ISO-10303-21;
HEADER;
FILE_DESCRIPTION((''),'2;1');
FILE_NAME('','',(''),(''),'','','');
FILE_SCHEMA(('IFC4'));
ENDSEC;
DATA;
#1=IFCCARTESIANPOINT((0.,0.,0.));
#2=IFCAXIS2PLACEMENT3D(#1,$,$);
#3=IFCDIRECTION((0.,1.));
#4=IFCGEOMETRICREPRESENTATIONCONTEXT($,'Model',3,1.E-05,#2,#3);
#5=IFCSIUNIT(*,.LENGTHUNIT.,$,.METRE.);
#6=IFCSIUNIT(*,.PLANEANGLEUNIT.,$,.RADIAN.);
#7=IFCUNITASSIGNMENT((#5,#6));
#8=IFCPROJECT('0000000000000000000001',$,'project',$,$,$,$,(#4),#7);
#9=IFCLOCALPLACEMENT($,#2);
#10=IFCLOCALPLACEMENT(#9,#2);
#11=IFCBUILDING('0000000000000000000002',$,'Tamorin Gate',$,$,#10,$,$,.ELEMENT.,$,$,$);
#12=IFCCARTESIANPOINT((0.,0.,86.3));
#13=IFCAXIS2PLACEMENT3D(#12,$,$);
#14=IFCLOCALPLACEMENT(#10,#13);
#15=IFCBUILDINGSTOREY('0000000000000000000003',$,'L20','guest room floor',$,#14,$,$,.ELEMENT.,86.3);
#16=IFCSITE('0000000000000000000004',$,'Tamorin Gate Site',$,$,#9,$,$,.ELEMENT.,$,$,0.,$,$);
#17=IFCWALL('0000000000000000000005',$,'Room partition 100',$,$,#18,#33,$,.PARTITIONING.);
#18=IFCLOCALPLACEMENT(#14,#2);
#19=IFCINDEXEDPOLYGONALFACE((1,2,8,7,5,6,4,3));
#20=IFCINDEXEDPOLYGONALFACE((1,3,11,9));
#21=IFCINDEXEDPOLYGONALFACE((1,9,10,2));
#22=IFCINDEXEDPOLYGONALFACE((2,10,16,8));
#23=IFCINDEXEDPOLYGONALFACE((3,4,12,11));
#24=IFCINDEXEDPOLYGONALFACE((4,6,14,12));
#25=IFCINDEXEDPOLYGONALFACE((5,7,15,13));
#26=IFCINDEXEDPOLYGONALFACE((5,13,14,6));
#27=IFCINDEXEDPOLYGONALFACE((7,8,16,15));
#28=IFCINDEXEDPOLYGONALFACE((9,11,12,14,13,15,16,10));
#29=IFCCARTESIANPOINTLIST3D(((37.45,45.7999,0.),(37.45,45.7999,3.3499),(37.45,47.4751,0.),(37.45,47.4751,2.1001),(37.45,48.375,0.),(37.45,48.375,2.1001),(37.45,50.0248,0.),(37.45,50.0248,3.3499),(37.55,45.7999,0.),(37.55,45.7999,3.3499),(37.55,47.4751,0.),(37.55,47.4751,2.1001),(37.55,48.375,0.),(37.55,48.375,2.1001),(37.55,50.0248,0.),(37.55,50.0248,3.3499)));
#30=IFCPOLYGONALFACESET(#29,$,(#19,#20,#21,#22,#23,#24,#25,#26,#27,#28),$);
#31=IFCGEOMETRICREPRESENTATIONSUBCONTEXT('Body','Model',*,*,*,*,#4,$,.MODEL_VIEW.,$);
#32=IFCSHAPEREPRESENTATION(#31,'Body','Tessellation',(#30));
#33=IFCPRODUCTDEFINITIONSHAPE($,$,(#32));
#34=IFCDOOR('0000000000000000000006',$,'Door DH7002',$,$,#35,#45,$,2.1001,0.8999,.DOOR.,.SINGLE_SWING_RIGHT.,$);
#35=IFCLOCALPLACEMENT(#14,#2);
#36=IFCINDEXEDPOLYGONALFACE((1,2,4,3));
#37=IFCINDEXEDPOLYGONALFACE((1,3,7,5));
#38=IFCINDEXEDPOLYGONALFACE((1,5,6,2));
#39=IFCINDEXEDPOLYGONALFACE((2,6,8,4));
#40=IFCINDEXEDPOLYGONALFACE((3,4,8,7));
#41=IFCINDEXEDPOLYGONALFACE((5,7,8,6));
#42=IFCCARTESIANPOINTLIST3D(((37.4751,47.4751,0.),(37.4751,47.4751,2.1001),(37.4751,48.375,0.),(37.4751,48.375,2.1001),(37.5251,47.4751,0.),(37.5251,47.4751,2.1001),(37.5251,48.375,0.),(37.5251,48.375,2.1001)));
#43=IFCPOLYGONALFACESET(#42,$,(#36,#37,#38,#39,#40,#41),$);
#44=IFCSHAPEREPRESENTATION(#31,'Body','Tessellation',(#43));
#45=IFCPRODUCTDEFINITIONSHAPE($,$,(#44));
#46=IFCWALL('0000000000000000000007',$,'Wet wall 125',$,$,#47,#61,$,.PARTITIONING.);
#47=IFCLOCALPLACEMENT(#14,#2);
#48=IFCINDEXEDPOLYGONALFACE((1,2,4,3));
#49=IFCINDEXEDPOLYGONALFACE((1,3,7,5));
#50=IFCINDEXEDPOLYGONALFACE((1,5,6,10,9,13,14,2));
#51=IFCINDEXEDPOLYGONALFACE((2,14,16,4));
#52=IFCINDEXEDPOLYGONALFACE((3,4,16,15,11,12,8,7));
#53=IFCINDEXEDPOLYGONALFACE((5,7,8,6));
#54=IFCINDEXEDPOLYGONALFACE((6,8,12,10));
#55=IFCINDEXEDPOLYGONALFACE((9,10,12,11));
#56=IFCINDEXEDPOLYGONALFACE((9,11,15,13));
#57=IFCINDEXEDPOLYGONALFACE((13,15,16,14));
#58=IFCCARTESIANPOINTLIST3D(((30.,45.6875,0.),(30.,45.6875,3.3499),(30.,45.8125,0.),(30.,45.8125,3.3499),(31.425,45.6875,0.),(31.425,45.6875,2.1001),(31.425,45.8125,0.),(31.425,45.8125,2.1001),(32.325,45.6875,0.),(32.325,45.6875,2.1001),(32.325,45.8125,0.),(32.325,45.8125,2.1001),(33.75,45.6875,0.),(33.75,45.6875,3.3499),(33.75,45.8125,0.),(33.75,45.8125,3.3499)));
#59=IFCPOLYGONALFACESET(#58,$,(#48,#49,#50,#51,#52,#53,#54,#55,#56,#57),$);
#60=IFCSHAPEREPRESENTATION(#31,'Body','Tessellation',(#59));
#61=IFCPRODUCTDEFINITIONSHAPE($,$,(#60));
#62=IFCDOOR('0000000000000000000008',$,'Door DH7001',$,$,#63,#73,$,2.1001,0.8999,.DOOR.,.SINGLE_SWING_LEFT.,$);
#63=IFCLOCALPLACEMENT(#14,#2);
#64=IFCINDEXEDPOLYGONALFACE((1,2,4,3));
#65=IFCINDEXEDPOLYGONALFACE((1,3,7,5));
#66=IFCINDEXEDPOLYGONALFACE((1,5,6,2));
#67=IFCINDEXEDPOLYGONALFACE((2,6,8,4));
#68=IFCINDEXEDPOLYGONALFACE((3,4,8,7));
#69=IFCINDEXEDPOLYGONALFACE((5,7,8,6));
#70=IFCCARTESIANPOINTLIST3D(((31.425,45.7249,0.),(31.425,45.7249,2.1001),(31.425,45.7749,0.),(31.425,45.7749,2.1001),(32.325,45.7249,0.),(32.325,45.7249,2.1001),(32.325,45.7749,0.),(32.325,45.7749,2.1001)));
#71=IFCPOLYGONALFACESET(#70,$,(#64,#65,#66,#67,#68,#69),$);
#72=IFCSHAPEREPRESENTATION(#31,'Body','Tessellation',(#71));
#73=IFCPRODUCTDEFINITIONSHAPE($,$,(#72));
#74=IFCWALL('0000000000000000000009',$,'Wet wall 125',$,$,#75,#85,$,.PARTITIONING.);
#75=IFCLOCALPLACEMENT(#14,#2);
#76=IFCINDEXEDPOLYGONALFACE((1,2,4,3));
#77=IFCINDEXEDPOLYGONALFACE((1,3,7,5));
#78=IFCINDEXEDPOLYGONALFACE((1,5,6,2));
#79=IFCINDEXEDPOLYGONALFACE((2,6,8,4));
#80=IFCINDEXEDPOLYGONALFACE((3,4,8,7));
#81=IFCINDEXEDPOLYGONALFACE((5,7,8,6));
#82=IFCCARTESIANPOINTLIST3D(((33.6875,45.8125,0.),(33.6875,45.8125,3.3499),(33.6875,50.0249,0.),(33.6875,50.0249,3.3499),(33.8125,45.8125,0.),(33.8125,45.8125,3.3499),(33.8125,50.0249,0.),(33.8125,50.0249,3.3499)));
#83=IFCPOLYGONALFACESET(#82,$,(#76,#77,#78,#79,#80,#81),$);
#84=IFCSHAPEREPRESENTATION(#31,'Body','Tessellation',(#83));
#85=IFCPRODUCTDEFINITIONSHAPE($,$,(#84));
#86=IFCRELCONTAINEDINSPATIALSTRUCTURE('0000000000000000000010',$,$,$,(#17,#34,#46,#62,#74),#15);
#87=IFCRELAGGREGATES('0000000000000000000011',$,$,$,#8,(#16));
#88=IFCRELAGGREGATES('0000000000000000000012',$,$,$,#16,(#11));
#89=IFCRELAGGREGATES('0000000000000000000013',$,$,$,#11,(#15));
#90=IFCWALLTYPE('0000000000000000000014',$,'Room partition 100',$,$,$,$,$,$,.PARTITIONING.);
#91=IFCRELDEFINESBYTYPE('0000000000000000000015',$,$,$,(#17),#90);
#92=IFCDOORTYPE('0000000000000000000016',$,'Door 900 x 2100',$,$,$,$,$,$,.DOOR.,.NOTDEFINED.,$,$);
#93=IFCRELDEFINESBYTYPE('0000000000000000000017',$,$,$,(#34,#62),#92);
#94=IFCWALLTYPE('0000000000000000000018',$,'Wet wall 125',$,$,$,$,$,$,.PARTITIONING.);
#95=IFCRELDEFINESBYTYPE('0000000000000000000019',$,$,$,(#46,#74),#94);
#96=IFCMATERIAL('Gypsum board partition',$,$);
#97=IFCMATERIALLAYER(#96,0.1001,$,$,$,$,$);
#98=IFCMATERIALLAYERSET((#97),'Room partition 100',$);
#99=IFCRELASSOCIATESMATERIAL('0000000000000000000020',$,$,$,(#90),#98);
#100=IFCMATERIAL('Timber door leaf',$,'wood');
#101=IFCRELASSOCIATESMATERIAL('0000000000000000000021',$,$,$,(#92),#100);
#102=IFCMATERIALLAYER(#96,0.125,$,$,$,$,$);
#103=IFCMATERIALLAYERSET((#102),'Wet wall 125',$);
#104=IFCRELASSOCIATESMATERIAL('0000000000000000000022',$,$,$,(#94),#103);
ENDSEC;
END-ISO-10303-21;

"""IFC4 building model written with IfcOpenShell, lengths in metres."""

from ifc_helpers import new_model, si_unit, direction, frame, frame_2d, origin, place, context, subcontext, project, spatial, rectangle, extrude, material, layer, layer_set, type_object, element, fill, save


model = new_model("IFC4")

# Units and contexts
model_context = context("Model", 3, precision=1e-05, world=origin(), true_north=direction((0.0, 1.0)))
body_context = subcontext(model_context, "Body", "Model", "MODEL_VIEW")
ifc_project = project(units=[si_unit("LENGTHUNIT", "METRE"), si_unit("PLANEANGLEUNIT", "RADIAN")], contexts=[model_context])

# Site, building, storey
site_placement = place(None, origin())
site = spatial("IfcSite", under=ifc_project, at=site_placement, Name="Tamorin Gate Site", CompositionType="ELEMENT", RefElevation=0.0)
building_placement = place(site_placement, origin())
building = spatial("IfcBuilding", under=site, at=building_placement, Name="Tamorin Gate", CompositionType="ELEMENT")
storey_placement = place(building_placement, frame((0.0, 0.0, 86.3)))
storey = spatial("IfcBuildingStorey", under=building, at=storey_placement, Name="L20", Description="guest room floor", CompositionType="ELEMENT", Elevation=86.3)

# Walls, openings, doors
ifc_material_1 = material(Name="Gypsum board partition")
ifc_layer_1 = layer(ifc_material_1, 0.1001)
ifc_layer_set_1 = layer_set([ifc_layer_1], Name="Room partition 100")
wall_type_1 = type_object("IfcWallType", Name="Room partition 100", PredefinedType="PARTITIONING", material=ifc_layer_set_1)
ifc_material_2 = material(Name="Timber door leaf", Category="wood")
door_type = type_object("IfcDoorType", Name="Door 900 x 2100", OperationType="NOTDEFINED", PredefinedType="DOOR", material=ifc_material_2)
wall_1_placement = place(storey_placement, frame((37.5, 45.8, 0.0), z_axis=(0.0, 0.0, 1.0), x_axis=(0.0, 1.0, 0.0)))
wall_1 = element("IfcWall", 1, at=wall_1_placement, inside=storey, type_object=wall_type_1, Name="Room partition 100", PredefinedType="PARTITIONING", context=body_context, shape_type="SweptSolid", body=[
    extrude(rectangle(XDim=4.2249, YDim=0.1001, at=frame_2d((2.1123, 0.0))), origin(), (0.0, 0.0, 1.0), 3.3499),
])
opening_1_placement = place(wall_1_placement, frame((1.675, 0.0, 0.0)))
opening_1 = element("IfcOpeningElement", 2, at=opening_1_placement, cuts=wall_1, PredefinedType="OPENING", context=body_context, shape_type="SweptSolid", body=[
    extrude(rectangle(XDim=0.8999, YDim=2.1001, at=frame_2d((0.45, 1.05))), frame((0.0, 0.0601, 0.0), z_axis=(0.0, -1.0, 0.0), x_axis=(1.0, 0.0, 0.0)), (0.0, 0.0, 1.0), 0.1201),
])
door_1_placement = place(opening_1_placement, origin())
door_1 = element("IfcDoor", 3, at=door_1_placement, inside=storey, type_object=door_type, Name="Door DH7002", OperationType="SINGLE_SWING_RIGHT", OverallHeight=2.1001, OverallWidth=0.8999, PredefinedType="DOOR", context=body_context, shape_type="SweptSolid", body=[
    extrude(rectangle(XDim=0.8999, YDim=2.1001, at=frame_2d((0.45, 1.05))), frame((0.0, 0.0249, 0.0), z_axis=(0.0, -1.0, 0.0), x_axis=(1.0, 0.0, 0.0)), (0.0, 0.0, 1.0), 0.05),
])
fill(opening_1, door_1)
ifc_layer_2 = layer(ifc_material_1, 0.125)
ifc_layer_set_2 = layer_set([ifc_layer_2], Name="Wet wall 125")
wall_type_2 = type_object("IfcWallType", Name="Wet wall 125", PredefinedType="PARTITIONING", material=ifc_layer_set_2)
wall_2_placement = place(storey_placement, frame((30.0, 45.75, 0.0), z_axis=(0.0, 0.0, 1.0), x_axis=(1.0, 0.0, 0.0)))
wall_2 = element("IfcWall", 4, at=wall_2_placement, inside=storey, type_object=wall_type_2, Name="Wet wall 125", PredefinedType="PARTITIONING", context=body_context, shape_type="SweptSolid", body=[
    extrude(rectangle(XDim=3.75, YDim=0.125, at=frame_2d((1.875, 0.0))), origin(), (0.0, 0.0, 1.0), 3.3499),
])
opening_2_placement = place(wall_2_placement, frame((1.425, 0.0, 0.0)))
opening_2 = element("IfcOpeningElement", 5, at=opening_2_placement, cuts=wall_2, PredefinedType="OPENING", context=body_context, shape_type="SweptSolid", body=[
    extrude(rectangle(XDim=0.8999, YDim=2.1001, at=frame_2d((0.45, 1.05))), frame((0.0, 0.0725, 0.0), z_axis=(0.0, -1.0, 0.0), x_axis=(1.0, 0.0, 0.0)), (0.0, 0.0, 1.0), 0.145),
])
door_2_placement = place(opening_2_placement, origin())
door_2 = element("IfcDoor", 6, at=door_2_placement, inside=storey, type_object=door_type, Name="Door DH7001", OperationType="SINGLE_SWING_LEFT", OverallHeight=2.1001, OverallWidth=0.8999, PredefinedType="DOOR", context=body_context, shape_type="SweptSolid", body=[
    extrude(rectangle(XDim=0.8999, YDim=2.1001, at=frame_2d((0.45, 1.05))), frame((0.0, 0.0249, 0.0), z_axis=(0.0, -1.0, 0.0), x_axis=(1.0, 0.0, 0.0)), (0.0, 0.0, 1.0), 0.05),
])
fill(opening_2, door_2)

# Wall
wall_3_placement = place(storey_placement, frame((33.75, 45.8125, 0.0), z_axis=(0.0, 0.0, 1.0), x_axis=(0.0, 1.0, 0.0)))
element("IfcWall", 7, at=wall_3_placement, inside=storey, type_object=wall_type_2, Name="Wet wall 125", PredefinedType="PARTITIONING", context=body_context, shape_type="SweptSolid", body=[
    extrude(rectangle(XDim=4.2124, YDim=0.125, at=frame_2d((2.1062, 0.0))), origin(), (0.0, 0.0, 1.0), 3.3499),
])

save(model, "model.ifc")
